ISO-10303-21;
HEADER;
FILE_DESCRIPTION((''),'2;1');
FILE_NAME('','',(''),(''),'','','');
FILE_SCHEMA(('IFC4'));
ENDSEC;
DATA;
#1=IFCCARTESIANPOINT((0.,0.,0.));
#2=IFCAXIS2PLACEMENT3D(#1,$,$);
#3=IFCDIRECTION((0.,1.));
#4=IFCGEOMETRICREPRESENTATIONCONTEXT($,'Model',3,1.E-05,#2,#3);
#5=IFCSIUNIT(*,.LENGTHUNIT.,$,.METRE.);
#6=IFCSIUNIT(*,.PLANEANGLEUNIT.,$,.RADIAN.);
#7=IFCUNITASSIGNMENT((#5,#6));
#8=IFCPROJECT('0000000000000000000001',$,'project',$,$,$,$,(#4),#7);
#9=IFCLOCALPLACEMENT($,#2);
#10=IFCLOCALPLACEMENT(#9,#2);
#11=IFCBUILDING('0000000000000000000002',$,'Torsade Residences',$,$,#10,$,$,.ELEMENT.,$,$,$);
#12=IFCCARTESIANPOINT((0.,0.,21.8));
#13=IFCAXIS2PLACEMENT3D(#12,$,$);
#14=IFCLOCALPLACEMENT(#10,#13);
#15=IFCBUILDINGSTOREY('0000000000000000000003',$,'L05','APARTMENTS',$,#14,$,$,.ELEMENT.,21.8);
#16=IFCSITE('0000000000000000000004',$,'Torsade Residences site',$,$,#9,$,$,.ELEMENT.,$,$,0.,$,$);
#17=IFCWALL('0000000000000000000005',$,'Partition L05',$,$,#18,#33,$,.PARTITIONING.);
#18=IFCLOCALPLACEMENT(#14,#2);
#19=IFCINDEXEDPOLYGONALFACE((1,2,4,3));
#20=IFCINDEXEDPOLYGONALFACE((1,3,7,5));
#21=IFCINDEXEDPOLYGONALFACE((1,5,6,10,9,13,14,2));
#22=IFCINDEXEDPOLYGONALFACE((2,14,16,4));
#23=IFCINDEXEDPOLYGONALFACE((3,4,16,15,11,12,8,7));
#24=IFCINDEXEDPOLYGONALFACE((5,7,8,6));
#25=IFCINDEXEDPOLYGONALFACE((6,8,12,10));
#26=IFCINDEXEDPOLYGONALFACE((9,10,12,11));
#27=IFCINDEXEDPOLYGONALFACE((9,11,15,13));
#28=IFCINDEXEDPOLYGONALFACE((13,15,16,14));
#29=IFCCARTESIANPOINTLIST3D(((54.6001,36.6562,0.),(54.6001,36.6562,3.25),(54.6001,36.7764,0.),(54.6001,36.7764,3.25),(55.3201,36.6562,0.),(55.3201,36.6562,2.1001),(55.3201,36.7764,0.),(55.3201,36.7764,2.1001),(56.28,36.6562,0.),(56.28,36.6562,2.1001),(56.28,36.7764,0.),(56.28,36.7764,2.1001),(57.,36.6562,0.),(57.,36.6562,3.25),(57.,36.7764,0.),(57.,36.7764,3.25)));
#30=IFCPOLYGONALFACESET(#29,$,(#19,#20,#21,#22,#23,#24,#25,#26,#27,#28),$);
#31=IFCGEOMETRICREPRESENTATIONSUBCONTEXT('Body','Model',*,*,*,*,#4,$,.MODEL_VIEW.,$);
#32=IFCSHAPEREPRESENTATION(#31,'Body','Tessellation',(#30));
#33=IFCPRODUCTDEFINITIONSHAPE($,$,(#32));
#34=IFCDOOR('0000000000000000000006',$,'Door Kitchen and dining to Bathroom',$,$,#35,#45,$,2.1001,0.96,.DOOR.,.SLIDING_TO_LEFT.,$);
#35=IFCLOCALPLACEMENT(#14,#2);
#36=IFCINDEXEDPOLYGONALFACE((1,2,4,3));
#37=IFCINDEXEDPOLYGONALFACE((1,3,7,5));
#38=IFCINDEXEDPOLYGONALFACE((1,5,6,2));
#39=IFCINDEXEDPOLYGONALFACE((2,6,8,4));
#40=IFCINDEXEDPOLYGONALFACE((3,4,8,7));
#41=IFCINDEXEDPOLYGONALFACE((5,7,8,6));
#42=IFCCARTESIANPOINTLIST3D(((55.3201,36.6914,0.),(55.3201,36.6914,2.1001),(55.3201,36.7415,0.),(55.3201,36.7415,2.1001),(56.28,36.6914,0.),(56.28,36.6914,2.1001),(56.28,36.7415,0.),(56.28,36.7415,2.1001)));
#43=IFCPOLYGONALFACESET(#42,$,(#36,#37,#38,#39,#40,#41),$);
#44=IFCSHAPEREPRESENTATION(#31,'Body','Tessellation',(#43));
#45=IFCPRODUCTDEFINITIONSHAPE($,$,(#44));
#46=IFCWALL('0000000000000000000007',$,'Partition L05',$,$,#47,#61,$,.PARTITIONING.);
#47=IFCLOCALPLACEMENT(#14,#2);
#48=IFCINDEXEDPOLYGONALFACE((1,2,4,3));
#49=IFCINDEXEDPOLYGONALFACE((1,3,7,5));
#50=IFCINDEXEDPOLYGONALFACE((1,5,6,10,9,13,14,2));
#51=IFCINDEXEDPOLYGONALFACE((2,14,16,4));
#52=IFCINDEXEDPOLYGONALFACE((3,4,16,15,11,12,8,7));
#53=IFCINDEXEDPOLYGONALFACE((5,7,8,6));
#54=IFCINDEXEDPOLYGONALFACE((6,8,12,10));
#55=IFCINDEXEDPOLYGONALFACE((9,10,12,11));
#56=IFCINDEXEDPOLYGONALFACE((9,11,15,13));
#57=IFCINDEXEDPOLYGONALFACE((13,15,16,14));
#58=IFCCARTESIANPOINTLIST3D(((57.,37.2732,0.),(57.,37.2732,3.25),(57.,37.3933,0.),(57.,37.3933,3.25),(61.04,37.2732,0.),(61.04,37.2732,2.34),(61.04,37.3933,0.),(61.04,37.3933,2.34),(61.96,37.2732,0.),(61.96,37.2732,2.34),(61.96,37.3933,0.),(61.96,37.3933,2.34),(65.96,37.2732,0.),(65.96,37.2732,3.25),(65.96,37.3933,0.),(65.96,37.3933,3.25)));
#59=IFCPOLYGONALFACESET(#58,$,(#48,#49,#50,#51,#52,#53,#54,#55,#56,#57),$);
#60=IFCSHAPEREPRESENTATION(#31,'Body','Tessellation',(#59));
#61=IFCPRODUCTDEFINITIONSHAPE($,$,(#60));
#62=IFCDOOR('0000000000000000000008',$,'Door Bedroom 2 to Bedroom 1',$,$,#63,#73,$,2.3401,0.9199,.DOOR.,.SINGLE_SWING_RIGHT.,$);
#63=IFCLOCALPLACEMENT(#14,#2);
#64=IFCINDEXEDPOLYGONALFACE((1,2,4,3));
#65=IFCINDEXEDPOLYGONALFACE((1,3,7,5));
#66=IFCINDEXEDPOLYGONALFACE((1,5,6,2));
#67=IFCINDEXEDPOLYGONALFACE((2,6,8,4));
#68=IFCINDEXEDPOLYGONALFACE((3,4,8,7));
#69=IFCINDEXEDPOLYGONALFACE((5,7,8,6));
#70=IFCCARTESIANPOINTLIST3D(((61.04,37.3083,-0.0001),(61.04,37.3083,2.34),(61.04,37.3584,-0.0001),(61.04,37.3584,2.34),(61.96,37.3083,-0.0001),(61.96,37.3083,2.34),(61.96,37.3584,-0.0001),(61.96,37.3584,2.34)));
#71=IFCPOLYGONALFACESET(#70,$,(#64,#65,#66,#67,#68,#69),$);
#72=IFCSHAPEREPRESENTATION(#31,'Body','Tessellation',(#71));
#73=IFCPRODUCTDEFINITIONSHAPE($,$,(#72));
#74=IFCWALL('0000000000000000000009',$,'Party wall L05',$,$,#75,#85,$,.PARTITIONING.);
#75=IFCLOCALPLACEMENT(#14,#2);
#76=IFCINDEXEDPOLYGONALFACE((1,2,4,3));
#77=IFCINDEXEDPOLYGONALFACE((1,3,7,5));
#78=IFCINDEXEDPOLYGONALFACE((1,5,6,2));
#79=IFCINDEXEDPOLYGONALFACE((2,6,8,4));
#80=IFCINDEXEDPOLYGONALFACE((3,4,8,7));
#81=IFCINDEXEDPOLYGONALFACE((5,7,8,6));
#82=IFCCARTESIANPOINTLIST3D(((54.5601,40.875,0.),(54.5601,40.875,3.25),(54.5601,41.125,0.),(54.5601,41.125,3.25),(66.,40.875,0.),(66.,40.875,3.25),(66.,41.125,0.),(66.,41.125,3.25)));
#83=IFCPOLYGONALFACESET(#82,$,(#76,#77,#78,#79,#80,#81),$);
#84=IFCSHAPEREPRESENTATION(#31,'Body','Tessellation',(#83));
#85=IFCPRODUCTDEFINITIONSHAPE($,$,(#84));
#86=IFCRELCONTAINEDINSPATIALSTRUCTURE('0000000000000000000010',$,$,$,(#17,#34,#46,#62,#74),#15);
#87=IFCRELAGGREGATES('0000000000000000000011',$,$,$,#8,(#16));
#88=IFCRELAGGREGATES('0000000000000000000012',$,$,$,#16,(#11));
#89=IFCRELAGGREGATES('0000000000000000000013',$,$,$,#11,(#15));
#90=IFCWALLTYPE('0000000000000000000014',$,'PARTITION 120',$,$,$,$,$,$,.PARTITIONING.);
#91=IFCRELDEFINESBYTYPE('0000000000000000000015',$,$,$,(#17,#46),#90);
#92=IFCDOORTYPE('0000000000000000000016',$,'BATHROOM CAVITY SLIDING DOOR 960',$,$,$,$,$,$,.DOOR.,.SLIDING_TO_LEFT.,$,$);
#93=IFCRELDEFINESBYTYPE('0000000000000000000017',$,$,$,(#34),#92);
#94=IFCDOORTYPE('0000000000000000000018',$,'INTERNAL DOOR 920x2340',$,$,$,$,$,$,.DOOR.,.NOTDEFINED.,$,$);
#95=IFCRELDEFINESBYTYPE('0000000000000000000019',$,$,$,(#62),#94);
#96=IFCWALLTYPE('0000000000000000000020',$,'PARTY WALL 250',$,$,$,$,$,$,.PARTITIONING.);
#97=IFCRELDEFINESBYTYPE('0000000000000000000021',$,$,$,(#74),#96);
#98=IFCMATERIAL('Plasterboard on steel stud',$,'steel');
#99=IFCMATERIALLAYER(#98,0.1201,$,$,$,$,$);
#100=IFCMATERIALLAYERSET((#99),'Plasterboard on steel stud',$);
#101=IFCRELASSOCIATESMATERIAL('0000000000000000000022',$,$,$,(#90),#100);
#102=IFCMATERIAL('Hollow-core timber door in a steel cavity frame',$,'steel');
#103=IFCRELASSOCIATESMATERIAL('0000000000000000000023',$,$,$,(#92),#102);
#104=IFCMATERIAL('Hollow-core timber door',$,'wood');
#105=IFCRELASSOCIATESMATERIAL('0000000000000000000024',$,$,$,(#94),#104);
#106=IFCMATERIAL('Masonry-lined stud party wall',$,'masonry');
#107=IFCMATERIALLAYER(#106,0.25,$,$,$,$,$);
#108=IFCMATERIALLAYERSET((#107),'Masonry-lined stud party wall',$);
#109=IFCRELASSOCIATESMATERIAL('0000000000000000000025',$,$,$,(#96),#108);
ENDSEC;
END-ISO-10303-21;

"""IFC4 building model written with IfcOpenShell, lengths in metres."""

from ifc_helpers import new_model, si_unit, direction, frame, frame_2d, origin, place, context, subcontext, project, spatial, rectangle, extrude, material, layer, layer_set, type_object, element, fill, save


model = new_model("IFC4")

# Units and contexts
model_context = context("Model", 3, precision=1e-05, world=origin(), true_north=direction((0.0, 1.0)))
body_context = subcontext(model_context, "Body", "Model", "MODEL_VIEW")
ifc_project = project(units=[si_unit("LENGTHUNIT", "METRE"), si_unit("PLANEANGLEUNIT", "RADIAN")], contexts=[model_context])

# Site, building, storey
site_placement = place(None, origin())
site = spatial("IfcSite", under=ifc_project, at=site_placement, Name="Torsade Residences site", CompositionType="ELEMENT", RefElevation=0.0)
building_placement = place(site_placement, origin())
building = spatial("IfcBuilding", under=site, at=building_placement, Name="Torsade Residences", CompositionType="ELEMENT")
storey_placement = place(building_placement, frame((0.0, 0.0, 21.8)))
storey = spatial("IfcBuildingStorey", under=building, at=storey_placement, Name="L05", Description="APARTMENTS", CompositionType="ELEMENT", Elevation=21.8)

# Shared definitions
ifc_material_1 = material(Name="Plasterboard on steel stud", Category="steel")
ifc_layer_1 = layer(ifc_material_1, 0.1201)
ifc_layer_set_1 = layer_set([ifc_layer_1], Name="Plasterboard on steel stud")
wall_type_1 = type_object("IfcWallType", Name="PARTITION 120", PredefinedType="PARTITIONING", material=ifc_layer_set_1)
ifc_material_2 = material(Name="Hollow-core timber door in a steel cavity frame", Category="steel")
door_type_1 = type_object("IfcDoorType", Name="BATHROOM CAVITY SLIDING DOOR 960", OperationType="SLIDING_TO_LEFT", PredefinedType="DOOR", material=ifc_material_2)
ifc_material_3 = material(Name="Hollow-core timber door", Category="wood")
door_type_2 = type_object("IfcDoorType", Name="INTERNAL DOOR 920x2340", OperationType="NOTDEFINED", PredefinedType="DOOR", material=ifc_material_3)

# Walls, openings, doors
wall_1_placement = place(storey_placement, frame((57.0, 36.7163, 0.0), z_axis=(0.0, 0.0, 1.0), x_axis=(-1.0, 0.0, 0.0)))
wall_1 = element("IfcWall", 1, at=wall_1_placement, inside=storey, type_object=wall_type_1, Name="Partition L05", PredefinedType="PARTITIONING", context=body_context, shape_type="SweptSolid", body=[
    extrude(rectangle(XDim=2.3999, YDim=0.1201, at=frame_2d((1.2, 0.0))), origin(), (0.0, 0.0, 1.0), 3.25),
])
opening_1_placement = place(wall_1_placement, frame((0.72, 0.0, 0.0)))
opening_1 = element("IfcOpeningElement", 2, at=opening_1_placement, cuts=wall_1, PredefinedType="OPENING", context=body_context, shape_type="SweptSolid", body=[
    extrude(rectangle(XDim=0.96, YDim=2.1001, at=frame_2d((0.48, 1.05))), frame((0.0, 0.0701, 0.0), z_axis=(0.0, -1.0, 0.0), x_axis=(1.0, 0.0, 0.0)), (0.0, 0.0, 1.0), 0.1401),
])
door_1_placement = place(opening_1_placement, origin())
door_1 = element("IfcDoor", 3, at=door_1_placement, inside=storey, type_object=door_type_1, Name="Door Kitchen and dining to Bathroom", OperationType="SLIDING_TO_LEFT", OverallHeight=2.1001, OverallWidth=0.96, PredefinedType="DOOR", context=body_context, shape_type="SweptSolid", body=[
    extrude(rectangle(XDim=0.96, YDim=2.1001, at=frame_2d((0.48, 1.05))), frame((0.0, 0.0249, 0.0), z_axis=(0.0, -1.0, 0.0), x_axis=(1.0, 0.0, 0.0)), (0.0, 0.0, 1.0), 0.05),
])
fill(opening_1, door_1)
wall_2_placement = place(storey_placement, frame((65.96, 37.3333, 0.0), z_axis=(0.0, 0.0, 1.0), x_axis=(-1.0, 0.0, 0.0)))
wall_2 = element("IfcWall", 4, at=wall_2_placement, inside=storey, type_object=wall_type_1, Name="Partition L05", PredefinedType="PARTITIONING", context=body_context, shape_type="SweptSolid", body=[
    extrude(rectangle(XDim=8.96, YDim=0.1201, at=frame_2d((4.48, 0.0))), origin(), (0.0, 0.0, 1.0), 3.25),
])
opening_2_placement = place(wall_2_placement, frame((4.0, 0.0, 0.0)))
opening_2 = element("IfcOpeningElement", 5, at=opening_2_placement, cuts=wall_2, PredefinedType="OPENING", context=body_context, shape_type="SweptSolid", body=[
    extrude(rectangle(XDim=0.9199, YDim=2.3401, at=frame_2d((0.46, 1.1699))), frame((0.0, 0.0701, 0.0), z_axis=(0.0, -1.0, 0.0), x_axis=(1.0, 0.0, 0.0)), (0.0, 0.0, 1.0), 0.1401),
])
door_2_placement = place(opening_2_placement, origin())
door_2 = element("IfcDoor", 6, at=door_2_placement, inside=storey, type_object=door_type_2, Name="Door Bedroom 2 to Bedroom 1", OperationType="SINGLE_SWING_RIGHT", OverallHeight=2.3401, OverallWidth=0.9199, PredefinedType="DOOR", context=body_context, shape_type="SweptSolid", body=[
    extrude(rectangle(XDim=0.9199, YDim=2.3401, at=frame_2d((0.46, 1.1699))), frame((0.0, 0.0249, 0.0), z_axis=(0.0, -1.0, 0.0), x_axis=(1.0, 0.0, 0.0)), (0.0, 0.0, 1.0), 0.05),
])
fill(opening_2, door_2)

# Wall
ifc_material_4 = material(Name="Masonry-lined stud party wall", Category="masonry")
ifc_layer_2 = layer(ifc_material_4, 0.25)
ifc_layer_set_2 = layer_set([ifc_layer_2], Name="Masonry-lined stud party wall")
wall_type_2 = type_object("IfcWallType", Name="PARTY WALL 250", PredefinedType="PARTITIONING", material=ifc_layer_set_2)
wall_3_placement = place(storey_placement, frame((66.0, 41.0, 0.0), z_axis=(0.0, 0.0, 1.0), x_axis=(-1.0, 0.0, 0.0)))
element("IfcWall", 7, at=wall_3_placement, inside=storey, type_object=wall_type_2, Name="Party wall L05", PredefinedType="PARTITIONING", context=body_context, shape_type="SweptSolid", body=[
    extrude(rectangle(XDim=11.4399, YDim=0.25, at=frame_2d((5.72, 0.0))), origin(), (0.0, 0.0, 1.0), 3.25),
])

save(model, "model.ifc")
